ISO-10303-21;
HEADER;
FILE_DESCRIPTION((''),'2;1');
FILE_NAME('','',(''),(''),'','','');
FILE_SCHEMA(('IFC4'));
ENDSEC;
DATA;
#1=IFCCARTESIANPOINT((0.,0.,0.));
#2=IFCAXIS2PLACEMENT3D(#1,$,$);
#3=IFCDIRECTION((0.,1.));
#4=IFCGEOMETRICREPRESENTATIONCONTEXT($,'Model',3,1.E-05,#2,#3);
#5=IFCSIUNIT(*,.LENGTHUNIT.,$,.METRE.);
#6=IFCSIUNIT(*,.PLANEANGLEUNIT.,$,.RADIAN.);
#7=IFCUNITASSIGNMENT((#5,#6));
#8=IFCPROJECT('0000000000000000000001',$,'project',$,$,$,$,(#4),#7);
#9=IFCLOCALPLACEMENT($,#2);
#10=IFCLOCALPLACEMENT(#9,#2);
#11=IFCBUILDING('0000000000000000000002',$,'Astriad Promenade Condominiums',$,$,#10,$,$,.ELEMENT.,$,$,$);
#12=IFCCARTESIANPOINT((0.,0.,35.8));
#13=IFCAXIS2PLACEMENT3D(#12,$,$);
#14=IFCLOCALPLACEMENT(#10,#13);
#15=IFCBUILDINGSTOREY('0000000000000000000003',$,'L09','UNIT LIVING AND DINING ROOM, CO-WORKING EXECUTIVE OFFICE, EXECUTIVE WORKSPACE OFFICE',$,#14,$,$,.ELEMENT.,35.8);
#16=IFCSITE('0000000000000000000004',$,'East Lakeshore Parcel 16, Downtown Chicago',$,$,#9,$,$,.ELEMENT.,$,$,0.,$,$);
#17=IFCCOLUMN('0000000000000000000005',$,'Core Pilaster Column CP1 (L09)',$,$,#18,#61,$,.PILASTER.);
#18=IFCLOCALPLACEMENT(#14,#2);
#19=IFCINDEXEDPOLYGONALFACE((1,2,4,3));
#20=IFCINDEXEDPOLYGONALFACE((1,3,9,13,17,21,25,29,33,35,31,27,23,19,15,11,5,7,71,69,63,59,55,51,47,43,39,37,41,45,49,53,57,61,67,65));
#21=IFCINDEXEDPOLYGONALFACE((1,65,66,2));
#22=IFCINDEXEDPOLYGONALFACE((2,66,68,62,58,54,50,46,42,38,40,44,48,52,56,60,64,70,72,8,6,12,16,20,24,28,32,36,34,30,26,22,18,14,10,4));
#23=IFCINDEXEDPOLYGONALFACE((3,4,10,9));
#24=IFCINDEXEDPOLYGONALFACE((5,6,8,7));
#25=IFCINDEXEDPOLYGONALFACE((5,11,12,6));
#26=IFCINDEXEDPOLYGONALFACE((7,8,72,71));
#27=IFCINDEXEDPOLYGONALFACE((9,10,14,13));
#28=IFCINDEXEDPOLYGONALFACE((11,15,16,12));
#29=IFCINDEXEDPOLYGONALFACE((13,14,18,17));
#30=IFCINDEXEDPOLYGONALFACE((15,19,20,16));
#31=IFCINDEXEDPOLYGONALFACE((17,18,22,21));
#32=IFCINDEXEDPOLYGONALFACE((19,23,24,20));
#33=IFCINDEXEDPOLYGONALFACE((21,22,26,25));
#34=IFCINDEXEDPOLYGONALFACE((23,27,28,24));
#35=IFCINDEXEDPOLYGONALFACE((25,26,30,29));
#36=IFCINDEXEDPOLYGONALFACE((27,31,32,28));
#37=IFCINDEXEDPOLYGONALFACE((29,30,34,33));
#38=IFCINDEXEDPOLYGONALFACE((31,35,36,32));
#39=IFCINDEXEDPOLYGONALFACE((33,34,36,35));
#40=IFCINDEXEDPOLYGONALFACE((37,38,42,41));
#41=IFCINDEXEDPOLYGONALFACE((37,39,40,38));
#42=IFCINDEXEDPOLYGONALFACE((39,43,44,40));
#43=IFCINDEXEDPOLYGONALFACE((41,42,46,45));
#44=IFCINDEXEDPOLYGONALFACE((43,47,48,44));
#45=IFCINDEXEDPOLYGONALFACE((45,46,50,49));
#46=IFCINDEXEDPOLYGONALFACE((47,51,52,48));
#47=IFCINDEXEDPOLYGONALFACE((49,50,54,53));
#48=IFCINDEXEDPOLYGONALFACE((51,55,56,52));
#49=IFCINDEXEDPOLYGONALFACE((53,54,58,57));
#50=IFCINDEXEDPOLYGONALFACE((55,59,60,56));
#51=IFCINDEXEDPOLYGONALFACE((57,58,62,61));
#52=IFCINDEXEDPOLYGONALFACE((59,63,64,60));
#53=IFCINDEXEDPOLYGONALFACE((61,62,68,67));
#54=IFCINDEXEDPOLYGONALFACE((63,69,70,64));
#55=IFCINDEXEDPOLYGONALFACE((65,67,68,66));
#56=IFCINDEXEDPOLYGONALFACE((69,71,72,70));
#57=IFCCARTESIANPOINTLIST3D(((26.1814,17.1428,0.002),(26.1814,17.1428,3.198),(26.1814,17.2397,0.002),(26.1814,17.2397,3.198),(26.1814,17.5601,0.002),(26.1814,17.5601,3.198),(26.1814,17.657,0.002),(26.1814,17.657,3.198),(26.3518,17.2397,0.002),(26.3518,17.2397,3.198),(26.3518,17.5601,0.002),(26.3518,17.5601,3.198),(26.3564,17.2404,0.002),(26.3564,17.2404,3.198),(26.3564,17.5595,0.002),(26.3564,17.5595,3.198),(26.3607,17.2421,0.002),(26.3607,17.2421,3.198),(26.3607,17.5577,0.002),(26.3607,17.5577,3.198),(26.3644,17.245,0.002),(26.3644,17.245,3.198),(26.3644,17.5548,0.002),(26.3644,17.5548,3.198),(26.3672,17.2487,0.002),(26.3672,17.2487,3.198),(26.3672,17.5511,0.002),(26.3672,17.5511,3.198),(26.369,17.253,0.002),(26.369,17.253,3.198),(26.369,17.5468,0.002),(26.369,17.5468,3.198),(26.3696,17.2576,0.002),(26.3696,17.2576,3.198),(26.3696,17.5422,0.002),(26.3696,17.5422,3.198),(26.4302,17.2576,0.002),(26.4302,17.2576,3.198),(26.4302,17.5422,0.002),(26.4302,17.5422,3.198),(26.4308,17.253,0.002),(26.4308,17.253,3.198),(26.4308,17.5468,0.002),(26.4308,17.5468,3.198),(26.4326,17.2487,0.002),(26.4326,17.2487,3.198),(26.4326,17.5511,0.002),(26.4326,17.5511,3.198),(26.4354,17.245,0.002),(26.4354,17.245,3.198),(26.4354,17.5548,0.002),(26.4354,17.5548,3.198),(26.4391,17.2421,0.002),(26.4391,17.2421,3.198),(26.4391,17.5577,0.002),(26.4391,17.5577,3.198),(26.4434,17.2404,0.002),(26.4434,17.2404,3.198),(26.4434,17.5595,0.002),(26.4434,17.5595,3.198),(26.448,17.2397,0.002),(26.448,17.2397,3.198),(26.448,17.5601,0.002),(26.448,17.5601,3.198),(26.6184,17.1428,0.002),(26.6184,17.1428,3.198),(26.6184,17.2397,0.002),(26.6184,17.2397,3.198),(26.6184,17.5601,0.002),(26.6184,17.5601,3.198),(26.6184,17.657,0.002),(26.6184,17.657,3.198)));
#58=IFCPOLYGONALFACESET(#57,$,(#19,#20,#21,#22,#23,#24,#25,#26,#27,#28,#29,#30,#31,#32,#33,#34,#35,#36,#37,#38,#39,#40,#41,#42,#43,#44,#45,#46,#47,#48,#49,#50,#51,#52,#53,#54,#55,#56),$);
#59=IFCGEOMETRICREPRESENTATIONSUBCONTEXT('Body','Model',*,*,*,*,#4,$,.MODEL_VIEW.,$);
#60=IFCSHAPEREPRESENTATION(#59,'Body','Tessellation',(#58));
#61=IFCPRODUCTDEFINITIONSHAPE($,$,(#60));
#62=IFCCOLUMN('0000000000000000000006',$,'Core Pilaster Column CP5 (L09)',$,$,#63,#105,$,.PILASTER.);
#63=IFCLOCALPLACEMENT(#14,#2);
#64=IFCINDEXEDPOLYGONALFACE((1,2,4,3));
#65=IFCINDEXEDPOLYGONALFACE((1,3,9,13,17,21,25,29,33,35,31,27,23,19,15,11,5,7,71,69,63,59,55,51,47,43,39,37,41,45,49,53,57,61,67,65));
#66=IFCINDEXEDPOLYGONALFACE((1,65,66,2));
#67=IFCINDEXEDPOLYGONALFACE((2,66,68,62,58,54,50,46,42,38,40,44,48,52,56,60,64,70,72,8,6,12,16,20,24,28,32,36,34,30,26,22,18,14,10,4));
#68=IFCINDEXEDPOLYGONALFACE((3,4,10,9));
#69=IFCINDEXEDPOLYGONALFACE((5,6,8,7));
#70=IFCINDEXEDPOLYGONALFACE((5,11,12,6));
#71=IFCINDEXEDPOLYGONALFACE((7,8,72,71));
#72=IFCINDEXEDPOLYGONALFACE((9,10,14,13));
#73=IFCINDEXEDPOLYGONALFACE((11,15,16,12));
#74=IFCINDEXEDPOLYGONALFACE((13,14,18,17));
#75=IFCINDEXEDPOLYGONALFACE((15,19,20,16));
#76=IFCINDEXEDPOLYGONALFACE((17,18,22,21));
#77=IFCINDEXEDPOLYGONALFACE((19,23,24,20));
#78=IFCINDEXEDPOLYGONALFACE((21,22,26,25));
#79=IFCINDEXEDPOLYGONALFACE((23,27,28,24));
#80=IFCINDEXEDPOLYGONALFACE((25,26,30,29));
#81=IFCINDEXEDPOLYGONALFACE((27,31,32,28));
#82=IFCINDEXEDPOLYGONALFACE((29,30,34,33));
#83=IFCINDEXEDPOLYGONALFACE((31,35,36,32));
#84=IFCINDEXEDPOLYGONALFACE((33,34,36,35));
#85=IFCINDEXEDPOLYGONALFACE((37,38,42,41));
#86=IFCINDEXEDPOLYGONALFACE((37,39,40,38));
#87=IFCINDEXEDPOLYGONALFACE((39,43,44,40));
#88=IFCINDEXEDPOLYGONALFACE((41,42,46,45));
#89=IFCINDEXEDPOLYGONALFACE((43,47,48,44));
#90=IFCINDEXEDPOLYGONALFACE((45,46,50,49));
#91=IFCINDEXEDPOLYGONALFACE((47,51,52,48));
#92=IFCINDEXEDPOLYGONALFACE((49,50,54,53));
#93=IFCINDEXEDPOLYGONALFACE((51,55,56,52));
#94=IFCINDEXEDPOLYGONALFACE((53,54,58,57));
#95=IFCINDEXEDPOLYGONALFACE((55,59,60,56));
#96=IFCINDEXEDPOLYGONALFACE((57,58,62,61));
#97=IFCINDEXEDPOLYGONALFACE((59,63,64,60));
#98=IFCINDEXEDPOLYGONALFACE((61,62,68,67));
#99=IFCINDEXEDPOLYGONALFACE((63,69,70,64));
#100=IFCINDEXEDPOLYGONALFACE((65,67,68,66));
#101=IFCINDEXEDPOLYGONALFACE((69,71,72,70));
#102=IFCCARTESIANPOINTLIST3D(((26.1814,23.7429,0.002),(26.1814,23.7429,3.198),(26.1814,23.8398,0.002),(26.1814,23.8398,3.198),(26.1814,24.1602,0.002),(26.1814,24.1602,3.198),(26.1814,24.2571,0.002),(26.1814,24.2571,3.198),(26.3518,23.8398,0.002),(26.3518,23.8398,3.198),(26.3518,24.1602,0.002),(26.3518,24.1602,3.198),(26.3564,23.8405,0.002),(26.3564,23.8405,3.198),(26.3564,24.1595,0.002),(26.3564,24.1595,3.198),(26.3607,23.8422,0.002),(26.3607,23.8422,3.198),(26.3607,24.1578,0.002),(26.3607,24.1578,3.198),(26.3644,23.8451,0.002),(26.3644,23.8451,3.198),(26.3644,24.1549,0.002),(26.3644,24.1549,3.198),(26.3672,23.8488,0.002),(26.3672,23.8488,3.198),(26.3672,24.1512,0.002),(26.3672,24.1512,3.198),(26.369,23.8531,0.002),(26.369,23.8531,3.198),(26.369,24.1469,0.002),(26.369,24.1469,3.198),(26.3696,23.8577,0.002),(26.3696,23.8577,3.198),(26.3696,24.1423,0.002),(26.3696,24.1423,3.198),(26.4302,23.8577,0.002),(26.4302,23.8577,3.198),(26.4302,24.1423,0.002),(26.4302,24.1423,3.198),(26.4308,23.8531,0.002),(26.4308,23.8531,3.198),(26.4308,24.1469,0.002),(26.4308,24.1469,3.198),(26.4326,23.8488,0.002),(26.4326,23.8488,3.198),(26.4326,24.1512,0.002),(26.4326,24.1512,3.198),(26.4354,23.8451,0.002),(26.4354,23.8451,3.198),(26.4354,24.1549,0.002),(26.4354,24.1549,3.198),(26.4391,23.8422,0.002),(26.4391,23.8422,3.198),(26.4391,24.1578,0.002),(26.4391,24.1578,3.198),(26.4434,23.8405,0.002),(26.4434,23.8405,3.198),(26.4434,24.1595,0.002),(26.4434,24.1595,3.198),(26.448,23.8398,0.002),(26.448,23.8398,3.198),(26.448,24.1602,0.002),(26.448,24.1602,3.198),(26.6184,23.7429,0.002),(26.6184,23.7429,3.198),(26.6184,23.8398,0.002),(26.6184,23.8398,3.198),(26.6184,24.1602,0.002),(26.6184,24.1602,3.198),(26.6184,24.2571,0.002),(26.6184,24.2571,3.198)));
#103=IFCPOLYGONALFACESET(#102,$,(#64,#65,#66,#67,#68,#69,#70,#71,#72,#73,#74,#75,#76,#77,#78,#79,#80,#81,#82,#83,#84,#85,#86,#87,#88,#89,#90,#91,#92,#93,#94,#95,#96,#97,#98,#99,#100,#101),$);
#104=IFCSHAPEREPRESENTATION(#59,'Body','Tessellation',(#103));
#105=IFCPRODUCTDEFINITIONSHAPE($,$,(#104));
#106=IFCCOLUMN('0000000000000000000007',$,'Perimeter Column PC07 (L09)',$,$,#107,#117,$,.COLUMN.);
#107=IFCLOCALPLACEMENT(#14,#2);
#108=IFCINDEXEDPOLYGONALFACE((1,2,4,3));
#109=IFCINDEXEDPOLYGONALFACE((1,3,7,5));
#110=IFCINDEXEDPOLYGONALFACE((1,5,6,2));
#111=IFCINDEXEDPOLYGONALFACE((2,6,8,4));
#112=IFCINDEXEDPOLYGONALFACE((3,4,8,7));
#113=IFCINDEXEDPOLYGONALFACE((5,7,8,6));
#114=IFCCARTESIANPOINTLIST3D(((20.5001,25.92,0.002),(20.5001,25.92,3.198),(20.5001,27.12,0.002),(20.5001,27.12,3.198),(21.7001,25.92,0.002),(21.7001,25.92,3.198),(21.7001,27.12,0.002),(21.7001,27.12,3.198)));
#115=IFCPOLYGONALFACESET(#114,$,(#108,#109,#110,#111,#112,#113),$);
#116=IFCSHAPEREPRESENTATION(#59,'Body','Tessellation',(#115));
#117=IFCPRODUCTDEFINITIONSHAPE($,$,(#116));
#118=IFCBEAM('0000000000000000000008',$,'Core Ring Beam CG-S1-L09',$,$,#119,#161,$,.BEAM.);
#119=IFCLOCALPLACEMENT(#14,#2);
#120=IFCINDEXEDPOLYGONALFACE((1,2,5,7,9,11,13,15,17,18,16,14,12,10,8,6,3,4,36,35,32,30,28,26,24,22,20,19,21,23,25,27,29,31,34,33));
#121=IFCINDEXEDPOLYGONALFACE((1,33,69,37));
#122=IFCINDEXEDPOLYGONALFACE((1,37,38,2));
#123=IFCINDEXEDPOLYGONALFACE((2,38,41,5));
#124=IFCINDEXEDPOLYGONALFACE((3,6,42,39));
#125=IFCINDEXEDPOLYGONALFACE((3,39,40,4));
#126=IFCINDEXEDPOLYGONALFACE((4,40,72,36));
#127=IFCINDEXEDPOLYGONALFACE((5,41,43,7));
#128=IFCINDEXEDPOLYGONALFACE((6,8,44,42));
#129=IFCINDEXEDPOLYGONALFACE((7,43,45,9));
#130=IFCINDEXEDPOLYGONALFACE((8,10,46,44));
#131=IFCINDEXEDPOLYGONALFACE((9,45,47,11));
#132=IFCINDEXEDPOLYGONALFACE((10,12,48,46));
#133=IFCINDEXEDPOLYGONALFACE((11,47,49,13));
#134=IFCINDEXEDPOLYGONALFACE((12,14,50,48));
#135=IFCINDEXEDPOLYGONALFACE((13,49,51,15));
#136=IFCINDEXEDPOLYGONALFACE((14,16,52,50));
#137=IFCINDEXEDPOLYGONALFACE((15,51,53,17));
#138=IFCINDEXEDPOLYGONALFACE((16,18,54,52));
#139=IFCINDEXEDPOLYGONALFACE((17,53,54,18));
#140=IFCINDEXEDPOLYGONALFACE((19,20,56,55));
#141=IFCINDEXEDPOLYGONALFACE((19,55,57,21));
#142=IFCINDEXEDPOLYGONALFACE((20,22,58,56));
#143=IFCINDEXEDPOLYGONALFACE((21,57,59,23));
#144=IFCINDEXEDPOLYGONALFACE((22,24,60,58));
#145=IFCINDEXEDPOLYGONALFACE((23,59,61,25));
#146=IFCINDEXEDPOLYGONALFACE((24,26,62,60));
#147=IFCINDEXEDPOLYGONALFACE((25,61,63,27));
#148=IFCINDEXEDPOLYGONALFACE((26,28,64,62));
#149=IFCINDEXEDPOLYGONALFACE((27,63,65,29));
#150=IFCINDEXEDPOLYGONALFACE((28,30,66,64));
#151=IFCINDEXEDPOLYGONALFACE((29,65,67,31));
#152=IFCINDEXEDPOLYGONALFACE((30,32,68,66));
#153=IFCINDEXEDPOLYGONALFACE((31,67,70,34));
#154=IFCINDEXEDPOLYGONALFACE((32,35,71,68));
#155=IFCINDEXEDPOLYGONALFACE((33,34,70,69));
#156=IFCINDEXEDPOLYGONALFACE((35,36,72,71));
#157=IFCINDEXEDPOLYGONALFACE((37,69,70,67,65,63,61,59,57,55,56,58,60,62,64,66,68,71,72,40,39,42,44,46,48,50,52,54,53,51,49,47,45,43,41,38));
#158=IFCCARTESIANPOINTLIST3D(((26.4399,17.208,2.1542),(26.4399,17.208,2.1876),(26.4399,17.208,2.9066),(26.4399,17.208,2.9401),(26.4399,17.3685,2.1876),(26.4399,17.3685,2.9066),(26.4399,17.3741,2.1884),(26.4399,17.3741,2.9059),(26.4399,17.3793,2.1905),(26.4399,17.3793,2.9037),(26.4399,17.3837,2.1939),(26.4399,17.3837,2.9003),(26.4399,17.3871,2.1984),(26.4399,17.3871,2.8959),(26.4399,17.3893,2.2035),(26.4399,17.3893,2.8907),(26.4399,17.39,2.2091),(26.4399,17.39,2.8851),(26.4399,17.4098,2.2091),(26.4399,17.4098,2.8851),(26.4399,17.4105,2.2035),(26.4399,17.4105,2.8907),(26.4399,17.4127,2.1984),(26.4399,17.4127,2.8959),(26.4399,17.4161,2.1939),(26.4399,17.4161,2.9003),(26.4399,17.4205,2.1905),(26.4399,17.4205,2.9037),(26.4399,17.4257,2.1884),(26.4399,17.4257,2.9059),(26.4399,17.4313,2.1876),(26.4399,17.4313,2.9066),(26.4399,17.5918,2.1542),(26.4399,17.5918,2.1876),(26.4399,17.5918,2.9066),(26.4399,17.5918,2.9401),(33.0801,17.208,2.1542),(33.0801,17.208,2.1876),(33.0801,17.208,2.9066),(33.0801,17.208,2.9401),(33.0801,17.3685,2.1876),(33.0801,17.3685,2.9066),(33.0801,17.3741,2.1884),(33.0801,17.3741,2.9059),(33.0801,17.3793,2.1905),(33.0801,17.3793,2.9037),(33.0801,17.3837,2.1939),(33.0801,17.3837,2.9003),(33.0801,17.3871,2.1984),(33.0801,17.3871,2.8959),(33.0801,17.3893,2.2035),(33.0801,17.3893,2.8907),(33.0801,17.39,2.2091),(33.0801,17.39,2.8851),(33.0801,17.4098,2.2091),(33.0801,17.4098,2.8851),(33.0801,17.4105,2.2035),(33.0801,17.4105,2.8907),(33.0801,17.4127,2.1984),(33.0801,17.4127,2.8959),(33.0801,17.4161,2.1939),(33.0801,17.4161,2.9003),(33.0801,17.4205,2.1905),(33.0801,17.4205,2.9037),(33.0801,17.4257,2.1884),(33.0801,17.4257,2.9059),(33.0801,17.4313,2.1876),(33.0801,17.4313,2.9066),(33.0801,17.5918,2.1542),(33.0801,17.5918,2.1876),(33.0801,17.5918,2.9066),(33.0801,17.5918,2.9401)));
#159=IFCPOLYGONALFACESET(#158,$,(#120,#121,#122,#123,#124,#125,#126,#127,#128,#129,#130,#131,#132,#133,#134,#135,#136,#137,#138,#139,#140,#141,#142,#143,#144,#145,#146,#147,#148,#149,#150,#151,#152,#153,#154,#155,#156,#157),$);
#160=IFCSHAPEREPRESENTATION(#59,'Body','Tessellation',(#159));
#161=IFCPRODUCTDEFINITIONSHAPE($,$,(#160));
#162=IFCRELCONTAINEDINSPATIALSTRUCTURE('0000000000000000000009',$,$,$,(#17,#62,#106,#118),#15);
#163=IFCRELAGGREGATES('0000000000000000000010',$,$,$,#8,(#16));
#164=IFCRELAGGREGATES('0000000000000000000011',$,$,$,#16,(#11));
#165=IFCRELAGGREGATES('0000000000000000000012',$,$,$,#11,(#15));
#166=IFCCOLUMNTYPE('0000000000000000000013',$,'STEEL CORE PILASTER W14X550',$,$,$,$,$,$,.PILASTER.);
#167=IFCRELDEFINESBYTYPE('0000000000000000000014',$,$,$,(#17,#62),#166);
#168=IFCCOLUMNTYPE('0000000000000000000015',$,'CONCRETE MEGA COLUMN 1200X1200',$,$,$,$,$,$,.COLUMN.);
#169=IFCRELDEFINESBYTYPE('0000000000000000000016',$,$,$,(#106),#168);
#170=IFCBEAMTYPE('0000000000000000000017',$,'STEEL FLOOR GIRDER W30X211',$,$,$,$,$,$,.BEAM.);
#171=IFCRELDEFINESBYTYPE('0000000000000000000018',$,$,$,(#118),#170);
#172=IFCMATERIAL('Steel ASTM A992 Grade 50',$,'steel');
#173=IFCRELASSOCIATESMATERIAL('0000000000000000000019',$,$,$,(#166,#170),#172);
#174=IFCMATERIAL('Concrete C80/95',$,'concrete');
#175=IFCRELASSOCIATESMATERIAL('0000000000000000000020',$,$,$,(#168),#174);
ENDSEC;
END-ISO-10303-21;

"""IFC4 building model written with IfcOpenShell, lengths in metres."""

from ifc_helpers import new_model, si_unit, direction, frame, origin, origin_2d, place, context, subcontext, project, spatial, rectangle, i_section, extrude, source, transform, mapped, material, material_profile, profile_set, type_object, type_shapes, element, save


model = new_model("IFC4")

# Units and contexts
model_context = context("Model", 3, precision=1e-05, world=origin(), true_north=direction((0.0, 1.0)))
body_context = subcontext(model_context, "Body", "Model", "MODEL_VIEW")
ifc_project = project(units=[si_unit("LENGTHUNIT", "METRE"), si_unit("PLANEANGLEUNIT", "RADIAN")], contexts=[model_context])

# Site, building, storey
site_placement = place(None, origin())
site = spatial("IfcSite", under=ifc_project, at=site_placement, Name="East Lakeshore Parcel 16, Downtown Chicago", CompositionType="ELEMENT", RefElevation=0.0)
building_placement = place(site_placement, origin())
building = spatial("IfcBuilding", under=site, at=building_placement, Name="Astriad Promenade Condominiums", CompositionType="ELEMENT")
storey_placement = place(building_placement, frame((0.0, 0.0, 35.8)))
storey = spatial("IfcBuildingStorey", under=building, at=storey_placement, Name="L09", Description="UNIT LIVING AND DINING ROOM, CO-WORKING EXECUTIVE OFFICE, EXECUTIVE WORKSPACE OFFICE", CompositionType="ELEMENT", Elevation=35.8)

# Columns
ifc_material_1 = material(Name="Steel ASTM A992 Grade 50", Category="steel")
ifc_material_profile_1 = material_profile(ifc_material_1, i_section(OverallWidth=0.437, OverallDepth=0.5142, WebThickness=0.0605, FlangeThickness=0.0969, FilletRadius=0.0178, at=origin_2d()), Name="W14X550")
ifc_profile_set_1 = profile_set([ifc_material_profile_1], Name="Steel ASTM A992 Grade 50")
column_type_1 = type_object("IfcColumnType", Name="STEEL CORE PILASTER W14X550", PredefinedType="PILASTER", material=ifc_profile_set_1)
shared_shape_1 = source(origin(), body_context, "Body", "SweptSolid", [
    extrude(i_section(OverallWidth=0.437, OverallDepth=0.5142, WebThickness=0.0605, FlangeThickness=0.0969, FilletRadius=0.0178, at=origin_2d()), origin(), (0.0, 0.0, 1.0), 3.196),
])
type_shapes(column_type_1, [shared_shape_1])
for number, where, z_axis, x_axis, name in (
    (1, (26.3999, 17.3999, 0.002), (0.0, 0.0, 1.0), (1.0, 0.0, 0.0), "Core Pilaster Column CP1 (L09)"),
    (2, (26.3999, 24.0, 0.002), (0.0, 0.0, 1.0), (1.0, 0.0, 0.0), "Core Pilaster Column CP5 (L09)"),
):
    element("IfcColumn", number, at=place(storey_placement, frame(where, z_axis=z_axis, x_axis=x_axis)), inside=storey, type_object=column_type_1, Name=name, PredefinedType="PILASTER", context=body_context, shape_type="MappedRepresentation", body=[
        mapped(shared_shape_1, transform((0.0, 0.0, 0.0), scale=1.0)),
    ])
ifc_material_2 = material(Name="Concrete C80/95", Category="concrete")
ifc_material_profile_2 = material_profile(ifc_material_2, rectangle(XDim=1.2, YDim=1.2, at=origin_2d()), Name="RC-COL-1200X1200")
ifc_profile_set_2 = profile_set([ifc_material_profile_2], Name="Concrete C80/95")
column_type_2 = type_object("IfcColumnType", Name="CONCRETE MEGA COLUMN 1200X1200", PredefinedType="COLUMN", material=ifc_profile_set_2)
shared_shape_2 = source(origin(), body_context, "Body", "SweptSolid", [
    extrude(rectangle(XDim=1.2, YDim=1.2, at=origin_2d()), origin(), (0.0, 0.0, 1.0), 3.196),
])
type_shapes(column_type_2, [shared_shape_2])
column_placement = place(storey_placement, frame((21.1001, 26.52, 0.002), z_axis=(0.0, 0.0, 1.0), x_axis=(1.0, 0.0, 0.0)))
element("IfcColumn", 3, at=column_placement, inside=storey, type_object=column_type_2, Name="Perimeter Column PC07 (L09)", PredefinedType="COLUMN", context=body_context, shape_type="MappedRepresentation", body=[
    mapped(shared_shape_2, transform((0.0, 0.0, 0.0), scale=1.0)),
])

# Beam
ifc_material_profile_3 = material_profile(ifc_material_1, i_section(OverallWidth=0.3838, OverallDepth=0.7859, WebThickness=0.0198, FlangeThickness=0.0334, FilletRadius=0.0215, at=origin_2d()), Name="W30X211")
ifc_profile_set_3 = profile_set([ifc_material_profile_3], Name="Steel ASTM A992 Grade 50")
beam_type_1 = type_object("IfcBeamType", Name="STEEL FLOOR GIRDER W30X211", PredefinedType="BEAM", material=ifc_profile_set_3)
shared_shape_3 = source(origin(), body_context, "Body", "SweptSolid", [
    extrude(i_section(OverallWidth=0.3838, OverallDepth=0.7859, WebThickness=0.0198, FlangeThickness=0.0334, FilletRadius=0.0215, at=origin_2d()), origin(), (0.0, 0.0, 1.0), 6.6401),
])
type_shapes(beam_type_1, [shared_shape_3])
beam_1_placement = place(storey_placement, frame((26.4399, 17.3999, 2.5471), z_axis=(1.0, 0.0, 0.0), x_axis=(0.0, 1.0, 0.0)))
element("IfcBeam", 4, at=beam_1_placement, inside=storey, type_object=beam_type_1, Name="Core Ring Beam CG-S1-L09", PredefinedType="BEAM", context=body_context, shape_type="MappedRepresentation", body=[
    mapped(shared_shape_3, transform((0.0, 0.0, 0.0), scale=1.0)),
])

save(model, "model.ifc")
